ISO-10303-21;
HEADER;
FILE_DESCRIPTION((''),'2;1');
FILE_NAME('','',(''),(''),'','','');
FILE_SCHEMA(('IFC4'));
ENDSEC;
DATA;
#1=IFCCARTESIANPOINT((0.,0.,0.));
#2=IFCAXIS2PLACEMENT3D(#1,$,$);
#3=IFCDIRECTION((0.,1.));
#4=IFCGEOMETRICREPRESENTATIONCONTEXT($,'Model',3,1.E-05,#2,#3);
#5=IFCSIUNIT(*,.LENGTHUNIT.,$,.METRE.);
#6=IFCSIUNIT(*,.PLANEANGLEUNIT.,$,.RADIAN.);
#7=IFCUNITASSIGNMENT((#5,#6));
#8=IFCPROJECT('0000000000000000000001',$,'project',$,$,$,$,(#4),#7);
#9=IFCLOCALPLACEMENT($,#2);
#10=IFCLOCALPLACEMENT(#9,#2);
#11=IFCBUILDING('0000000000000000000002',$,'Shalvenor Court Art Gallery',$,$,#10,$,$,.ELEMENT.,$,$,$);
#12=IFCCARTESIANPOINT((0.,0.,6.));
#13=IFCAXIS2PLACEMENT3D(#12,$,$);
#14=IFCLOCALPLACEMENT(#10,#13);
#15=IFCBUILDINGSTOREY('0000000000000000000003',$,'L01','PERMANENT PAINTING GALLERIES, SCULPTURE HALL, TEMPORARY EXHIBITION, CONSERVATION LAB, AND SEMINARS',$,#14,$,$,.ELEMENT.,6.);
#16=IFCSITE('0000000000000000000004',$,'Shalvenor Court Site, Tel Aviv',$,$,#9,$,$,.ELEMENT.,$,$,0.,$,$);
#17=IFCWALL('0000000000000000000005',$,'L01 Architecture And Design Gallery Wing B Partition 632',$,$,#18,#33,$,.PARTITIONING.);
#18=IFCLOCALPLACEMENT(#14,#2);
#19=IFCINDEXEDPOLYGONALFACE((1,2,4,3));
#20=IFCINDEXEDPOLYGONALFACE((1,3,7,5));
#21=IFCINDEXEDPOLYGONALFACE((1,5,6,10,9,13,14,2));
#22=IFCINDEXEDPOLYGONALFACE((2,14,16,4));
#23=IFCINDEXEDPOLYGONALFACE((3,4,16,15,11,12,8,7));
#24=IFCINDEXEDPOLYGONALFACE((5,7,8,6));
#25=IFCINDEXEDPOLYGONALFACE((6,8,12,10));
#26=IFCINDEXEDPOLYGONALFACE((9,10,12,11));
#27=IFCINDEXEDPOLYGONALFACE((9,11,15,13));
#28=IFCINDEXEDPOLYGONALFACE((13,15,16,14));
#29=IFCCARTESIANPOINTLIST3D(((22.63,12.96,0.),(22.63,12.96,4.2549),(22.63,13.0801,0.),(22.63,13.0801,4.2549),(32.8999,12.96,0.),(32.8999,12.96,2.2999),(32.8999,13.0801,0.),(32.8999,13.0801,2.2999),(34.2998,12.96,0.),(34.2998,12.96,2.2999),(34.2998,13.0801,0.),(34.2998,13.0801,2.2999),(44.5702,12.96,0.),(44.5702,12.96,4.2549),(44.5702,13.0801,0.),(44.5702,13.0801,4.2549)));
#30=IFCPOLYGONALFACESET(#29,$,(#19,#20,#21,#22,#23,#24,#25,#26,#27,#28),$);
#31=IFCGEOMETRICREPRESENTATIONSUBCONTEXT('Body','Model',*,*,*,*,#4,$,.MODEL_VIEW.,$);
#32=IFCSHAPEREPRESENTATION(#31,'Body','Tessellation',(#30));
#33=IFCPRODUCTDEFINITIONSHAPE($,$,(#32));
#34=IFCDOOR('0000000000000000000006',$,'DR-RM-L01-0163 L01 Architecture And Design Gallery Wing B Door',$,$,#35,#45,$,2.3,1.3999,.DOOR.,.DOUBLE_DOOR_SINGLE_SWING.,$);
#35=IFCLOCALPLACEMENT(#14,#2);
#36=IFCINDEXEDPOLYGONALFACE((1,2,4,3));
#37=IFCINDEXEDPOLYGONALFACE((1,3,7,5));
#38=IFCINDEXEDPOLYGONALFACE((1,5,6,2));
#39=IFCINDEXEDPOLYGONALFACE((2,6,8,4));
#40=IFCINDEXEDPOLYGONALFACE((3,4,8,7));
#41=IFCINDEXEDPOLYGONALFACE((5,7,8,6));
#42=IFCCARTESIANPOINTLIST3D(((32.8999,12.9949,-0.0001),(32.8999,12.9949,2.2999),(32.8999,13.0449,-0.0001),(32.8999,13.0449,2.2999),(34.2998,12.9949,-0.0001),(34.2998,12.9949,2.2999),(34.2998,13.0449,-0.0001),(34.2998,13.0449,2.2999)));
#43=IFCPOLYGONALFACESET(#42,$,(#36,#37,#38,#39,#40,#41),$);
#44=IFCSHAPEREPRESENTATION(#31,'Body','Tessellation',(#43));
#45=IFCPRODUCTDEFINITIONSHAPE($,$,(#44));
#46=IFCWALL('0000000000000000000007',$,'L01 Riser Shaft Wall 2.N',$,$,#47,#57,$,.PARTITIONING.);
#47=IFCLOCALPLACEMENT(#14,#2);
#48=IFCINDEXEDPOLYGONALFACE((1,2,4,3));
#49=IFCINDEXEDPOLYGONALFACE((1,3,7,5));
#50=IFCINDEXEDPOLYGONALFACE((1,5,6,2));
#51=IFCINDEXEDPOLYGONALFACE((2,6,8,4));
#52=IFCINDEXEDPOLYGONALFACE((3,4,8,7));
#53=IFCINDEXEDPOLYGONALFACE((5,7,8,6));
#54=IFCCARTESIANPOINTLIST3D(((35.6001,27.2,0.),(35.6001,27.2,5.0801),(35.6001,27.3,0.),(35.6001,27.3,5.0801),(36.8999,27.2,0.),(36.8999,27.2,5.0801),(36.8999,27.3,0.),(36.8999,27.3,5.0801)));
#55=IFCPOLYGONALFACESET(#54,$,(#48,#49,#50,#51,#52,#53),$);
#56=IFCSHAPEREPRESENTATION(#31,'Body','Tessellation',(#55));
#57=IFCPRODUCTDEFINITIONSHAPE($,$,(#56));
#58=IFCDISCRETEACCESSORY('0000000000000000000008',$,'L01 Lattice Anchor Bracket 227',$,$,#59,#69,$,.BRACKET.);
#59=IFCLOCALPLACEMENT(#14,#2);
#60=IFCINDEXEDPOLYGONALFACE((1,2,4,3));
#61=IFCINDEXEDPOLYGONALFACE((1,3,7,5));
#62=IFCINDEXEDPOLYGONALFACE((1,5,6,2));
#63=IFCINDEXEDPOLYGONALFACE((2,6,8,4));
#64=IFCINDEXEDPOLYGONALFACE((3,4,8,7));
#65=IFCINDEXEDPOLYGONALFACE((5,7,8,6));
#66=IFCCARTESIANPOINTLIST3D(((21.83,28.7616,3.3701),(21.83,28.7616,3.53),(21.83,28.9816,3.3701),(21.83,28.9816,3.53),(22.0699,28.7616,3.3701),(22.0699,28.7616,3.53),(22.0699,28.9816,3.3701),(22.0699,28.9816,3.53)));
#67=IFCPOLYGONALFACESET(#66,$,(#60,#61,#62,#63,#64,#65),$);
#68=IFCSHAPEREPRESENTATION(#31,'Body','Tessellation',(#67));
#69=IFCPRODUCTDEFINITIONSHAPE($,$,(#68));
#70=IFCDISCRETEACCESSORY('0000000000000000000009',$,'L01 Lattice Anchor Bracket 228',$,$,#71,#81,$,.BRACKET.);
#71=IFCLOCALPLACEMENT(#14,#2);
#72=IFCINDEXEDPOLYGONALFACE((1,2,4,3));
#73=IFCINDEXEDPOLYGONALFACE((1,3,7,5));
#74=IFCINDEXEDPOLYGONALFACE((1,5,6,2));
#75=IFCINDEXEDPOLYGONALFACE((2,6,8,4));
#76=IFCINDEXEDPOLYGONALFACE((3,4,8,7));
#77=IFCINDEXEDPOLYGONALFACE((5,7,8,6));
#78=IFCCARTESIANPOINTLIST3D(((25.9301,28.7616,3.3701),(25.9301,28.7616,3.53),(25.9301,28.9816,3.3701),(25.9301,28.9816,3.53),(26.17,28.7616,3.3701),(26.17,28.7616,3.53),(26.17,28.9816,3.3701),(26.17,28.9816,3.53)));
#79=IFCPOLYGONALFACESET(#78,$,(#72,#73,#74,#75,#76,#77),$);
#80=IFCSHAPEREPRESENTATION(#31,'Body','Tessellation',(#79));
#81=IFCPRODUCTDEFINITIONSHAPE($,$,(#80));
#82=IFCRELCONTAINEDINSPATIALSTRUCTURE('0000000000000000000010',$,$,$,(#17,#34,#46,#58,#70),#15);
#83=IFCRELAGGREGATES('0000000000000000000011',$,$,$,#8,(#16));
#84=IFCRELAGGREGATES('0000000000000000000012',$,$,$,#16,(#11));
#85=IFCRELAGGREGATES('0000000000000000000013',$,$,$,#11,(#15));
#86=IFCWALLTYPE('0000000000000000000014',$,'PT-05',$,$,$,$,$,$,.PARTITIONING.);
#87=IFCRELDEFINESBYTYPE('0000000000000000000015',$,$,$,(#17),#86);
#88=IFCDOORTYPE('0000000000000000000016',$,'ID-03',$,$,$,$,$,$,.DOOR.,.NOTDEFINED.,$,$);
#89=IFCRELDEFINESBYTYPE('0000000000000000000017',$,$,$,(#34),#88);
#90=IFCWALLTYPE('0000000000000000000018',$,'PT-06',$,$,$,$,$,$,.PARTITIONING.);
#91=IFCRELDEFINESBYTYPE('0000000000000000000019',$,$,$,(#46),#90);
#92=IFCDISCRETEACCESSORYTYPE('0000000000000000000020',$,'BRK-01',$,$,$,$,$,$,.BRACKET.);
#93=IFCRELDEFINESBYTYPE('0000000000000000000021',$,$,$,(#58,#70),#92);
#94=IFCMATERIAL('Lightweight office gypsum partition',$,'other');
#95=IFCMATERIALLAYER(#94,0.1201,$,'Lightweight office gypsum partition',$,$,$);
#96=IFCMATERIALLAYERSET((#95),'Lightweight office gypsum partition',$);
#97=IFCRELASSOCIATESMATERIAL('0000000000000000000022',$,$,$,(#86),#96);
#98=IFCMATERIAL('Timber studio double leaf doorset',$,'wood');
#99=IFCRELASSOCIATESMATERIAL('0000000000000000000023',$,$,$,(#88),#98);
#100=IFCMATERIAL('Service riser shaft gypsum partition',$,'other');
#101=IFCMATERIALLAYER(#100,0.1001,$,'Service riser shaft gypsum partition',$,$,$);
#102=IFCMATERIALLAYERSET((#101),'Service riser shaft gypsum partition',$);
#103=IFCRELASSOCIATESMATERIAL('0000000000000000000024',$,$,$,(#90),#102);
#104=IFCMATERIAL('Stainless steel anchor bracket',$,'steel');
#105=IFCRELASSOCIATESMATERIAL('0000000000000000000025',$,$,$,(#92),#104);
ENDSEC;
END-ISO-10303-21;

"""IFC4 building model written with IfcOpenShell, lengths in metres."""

from ifc_helpers import new_model, si_unit, direction, frame, frame_2d, origin, origin_2d, place, context, subcontext, project, spatial, rectangle, extrude, material, layer, layer_set, type_object, element, fill, save


model = new_model("IFC4")

# Units and contexts
model_context = context("Model", 3, precision=1e-05, world=origin(), true_north=direction((0.0, 1.0)))
body_context = subcontext(model_context, "Body", "Model", "MODEL_VIEW")
ifc_project = project(units=[si_unit("LENGTHUNIT", "METRE"), si_unit("PLANEANGLEUNIT", "RADIAN")], contexts=[model_context])

# Site, building, storey
site_placement = place(None, origin())
site = spatial("IfcSite", under=ifc_project, at=site_placement, Name="Shalvenor Court Site, Tel Aviv", CompositionType="ELEMENT", RefElevation=0.0)
building_placement = place(site_placement, origin())
building = spatial("IfcBuilding", under=site, at=building_placement, Name="Shalvenor Court Art Gallery", CompositionType="ELEMENT")
storey_placement = place(building_placement, frame((0.0, 0.0, 6.0)))
storey = spatial("IfcBuildingStorey", under=building, at=storey_placement, Name="L01", Description="PERMANENT PAINTING GALLERIES, SCULPTURE HALL, TEMPORARY EXHIBITION, CONSERVATION LAB, AND SEMINARS", CompositionType="ELEMENT", Elevation=6.0)

# Wall, opening, door
ifc_material_1 = material(Name="Lightweight office gypsum partition", Category="other")
ifc_layer_1 = layer(ifc_material_1, 0.1201, Name="Lightweight office gypsum partition")
ifc_layer_set_1 = layer_set([ifc_layer_1], Name="Lightweight office gypsum partition")
wall_type_1 = type_object("IfcWallType", Name="PT-05", PredefinedType="PARTITIONING", material=ifc_layer_set_1)
wall_1_placement = place(storey_placement, frame((22.6299, 13.02, 0.0), z_axis=(0.0, 0.0, 1.0), x_axis=(1.0, 0.0, 0.0)))
wall_1 = element("IfcWall", 1, at=wall_1_placement, inside=storey, type_object=wall_type_1, Name="L01 Architecture And Design Gallery Wing B Partition 632", PredefinedType="PARTITIONING", context=body_context, shape_type="SweptSolid", body=[
    extrude(rectangle(XDim=21.9402, YDim=0.1201, at=frame_2d((10.9702, 0.0))), origin(), (0.0, 0.0, 1.0), 4.2549),
])
opening_1_placement = place(wall_1_placement, frame((10.27, 0.0, 0.0)))
opening_1 = element("IfcOpeningElement", 2, at=opening_1_placement, cuts=wall_1, PredefinedType="OPENING", context=body_context, shape_type="SweptSolid", body=[
    extrude(rectangle(XDim=1.3999, YDim=2.3, at=frame_2d((0.7, 1.1499))), frame((0.0, 0.0701, 0.0), z_axis=(0.0, -1.0, 0.0), x_axis=(1.0, 0.0, 0.0)), (0.0, 0.0, 1.0), 0.1401),
])
ifc_material_2 = material(Name="Timber studio double leaf doorset", Category="wood")
door_type_1 = type_object("IfcDoorType", Name="ID-03", OperationType="NOTDEFINED", PredefinedType="DOOR", material=ifc_material_2)
door_1_placement = place(opening_1_placement, origin())
door_1 = element("IfcDoor", 3, at=door_1_placement, inside=storey, type_object=door_type_1, Name="DR-RM-L01-0163 L01 Architecture And Design Gallery Wing B Door", OperationType="DOUBLE_DOOR_SINGLE_SWING", OverallHeight=2.3, OverallWidth=1.3999, PredefinedType="DOOR", context=body_context, shape_type="SweptSolid", body=[
    extrude(rectangle(XDim=1.3999, YDim=2.3, at=frame_2d((0.7, 1.1499))), frame((0.0, 0.0249, 0.0), z_axis=(0.0, -1.0, 0.0), x_axis=(1.0, 0.0, 0.0)), (0.0, 0.0, 1.0), 0.05),
])
fill(opening_1, door_1)

# Wall
ifc_material_3 = material(Name="Service riser shaft gypsum partition", Category="other")
ifc_layer_2 = layer(ifc_material_3, 0.1001, Name="Service riser shaft gypsum partition")
ifc_layer_set_2 = layer_set([ifc_layer_2], Name="Service riser shaft gypsum partition")
wall_type_2 = type_object("IfcWallType", Name="PT-06", PredefinedType="PARTITIONING", material=ifc_layer_set_2)
wall_2_placement = place(storey_placement, frame((35.6001, 27.25, 0.0), z_axis=(0.0, 0.0, 1.0), x_axis=(1.0, 0.0, 0.0)))
element("IfcWall", 4, at=wall_2_placement, inside=storey, type_object=wall_type_2, Name="L01 Riser Shaft Wall 2.N", PredefinedType="PARTITIONING", context=body_context, shape_type="SweptSolid", body=[
    extrude(rectangle(XDim=1.2998, YDim=0.1001, at=frame_2d((0.6499, 0.0))), origin(), (0.0, 0.0, 1.0), 5.0801),
])

# Discrete accessories
ifc_material_4 = material(Name="Stainless steel anchor bracket", Category="steel")
discrete_accessory_type = type_object("IfcDiscreteAccessoryType", Name="BRK-01", PredefinedType="BRACKET", material=ifc_material_4)
for number, where, z_axis, x_axis, name in (
    (5, (21.95, 28.8716, 3.3701), (0.0, 0.0, 1.0), (1.0, 0.0, 0.0), "L01 Lattice Anchor Bracket 227"),
    (6, (26.05, 28.8716, 3.3701), (0.0, 0.0, 1.0), (1.0, 0.0, 0.0), "L01 Lattice Anchor Bracket 228"),
):
    element("IfcDiscreteAccessory", number, at=place(storey_placement, frame(where, z_axis=z_axis, x_axis=x_axis)), inside=storey, type_object=discrete_accessory_type, Name=name, PredefinedType="BRACKET", context=body_context, shape_type="SweptSolid", body=[
        extrude(rectangle(XDim=0.24, YDim=0.22, at=origin_2d()), origin(), (0.0, 0.0, 1.0), 0.1599),
    ])

save(model, "model.ifc")
